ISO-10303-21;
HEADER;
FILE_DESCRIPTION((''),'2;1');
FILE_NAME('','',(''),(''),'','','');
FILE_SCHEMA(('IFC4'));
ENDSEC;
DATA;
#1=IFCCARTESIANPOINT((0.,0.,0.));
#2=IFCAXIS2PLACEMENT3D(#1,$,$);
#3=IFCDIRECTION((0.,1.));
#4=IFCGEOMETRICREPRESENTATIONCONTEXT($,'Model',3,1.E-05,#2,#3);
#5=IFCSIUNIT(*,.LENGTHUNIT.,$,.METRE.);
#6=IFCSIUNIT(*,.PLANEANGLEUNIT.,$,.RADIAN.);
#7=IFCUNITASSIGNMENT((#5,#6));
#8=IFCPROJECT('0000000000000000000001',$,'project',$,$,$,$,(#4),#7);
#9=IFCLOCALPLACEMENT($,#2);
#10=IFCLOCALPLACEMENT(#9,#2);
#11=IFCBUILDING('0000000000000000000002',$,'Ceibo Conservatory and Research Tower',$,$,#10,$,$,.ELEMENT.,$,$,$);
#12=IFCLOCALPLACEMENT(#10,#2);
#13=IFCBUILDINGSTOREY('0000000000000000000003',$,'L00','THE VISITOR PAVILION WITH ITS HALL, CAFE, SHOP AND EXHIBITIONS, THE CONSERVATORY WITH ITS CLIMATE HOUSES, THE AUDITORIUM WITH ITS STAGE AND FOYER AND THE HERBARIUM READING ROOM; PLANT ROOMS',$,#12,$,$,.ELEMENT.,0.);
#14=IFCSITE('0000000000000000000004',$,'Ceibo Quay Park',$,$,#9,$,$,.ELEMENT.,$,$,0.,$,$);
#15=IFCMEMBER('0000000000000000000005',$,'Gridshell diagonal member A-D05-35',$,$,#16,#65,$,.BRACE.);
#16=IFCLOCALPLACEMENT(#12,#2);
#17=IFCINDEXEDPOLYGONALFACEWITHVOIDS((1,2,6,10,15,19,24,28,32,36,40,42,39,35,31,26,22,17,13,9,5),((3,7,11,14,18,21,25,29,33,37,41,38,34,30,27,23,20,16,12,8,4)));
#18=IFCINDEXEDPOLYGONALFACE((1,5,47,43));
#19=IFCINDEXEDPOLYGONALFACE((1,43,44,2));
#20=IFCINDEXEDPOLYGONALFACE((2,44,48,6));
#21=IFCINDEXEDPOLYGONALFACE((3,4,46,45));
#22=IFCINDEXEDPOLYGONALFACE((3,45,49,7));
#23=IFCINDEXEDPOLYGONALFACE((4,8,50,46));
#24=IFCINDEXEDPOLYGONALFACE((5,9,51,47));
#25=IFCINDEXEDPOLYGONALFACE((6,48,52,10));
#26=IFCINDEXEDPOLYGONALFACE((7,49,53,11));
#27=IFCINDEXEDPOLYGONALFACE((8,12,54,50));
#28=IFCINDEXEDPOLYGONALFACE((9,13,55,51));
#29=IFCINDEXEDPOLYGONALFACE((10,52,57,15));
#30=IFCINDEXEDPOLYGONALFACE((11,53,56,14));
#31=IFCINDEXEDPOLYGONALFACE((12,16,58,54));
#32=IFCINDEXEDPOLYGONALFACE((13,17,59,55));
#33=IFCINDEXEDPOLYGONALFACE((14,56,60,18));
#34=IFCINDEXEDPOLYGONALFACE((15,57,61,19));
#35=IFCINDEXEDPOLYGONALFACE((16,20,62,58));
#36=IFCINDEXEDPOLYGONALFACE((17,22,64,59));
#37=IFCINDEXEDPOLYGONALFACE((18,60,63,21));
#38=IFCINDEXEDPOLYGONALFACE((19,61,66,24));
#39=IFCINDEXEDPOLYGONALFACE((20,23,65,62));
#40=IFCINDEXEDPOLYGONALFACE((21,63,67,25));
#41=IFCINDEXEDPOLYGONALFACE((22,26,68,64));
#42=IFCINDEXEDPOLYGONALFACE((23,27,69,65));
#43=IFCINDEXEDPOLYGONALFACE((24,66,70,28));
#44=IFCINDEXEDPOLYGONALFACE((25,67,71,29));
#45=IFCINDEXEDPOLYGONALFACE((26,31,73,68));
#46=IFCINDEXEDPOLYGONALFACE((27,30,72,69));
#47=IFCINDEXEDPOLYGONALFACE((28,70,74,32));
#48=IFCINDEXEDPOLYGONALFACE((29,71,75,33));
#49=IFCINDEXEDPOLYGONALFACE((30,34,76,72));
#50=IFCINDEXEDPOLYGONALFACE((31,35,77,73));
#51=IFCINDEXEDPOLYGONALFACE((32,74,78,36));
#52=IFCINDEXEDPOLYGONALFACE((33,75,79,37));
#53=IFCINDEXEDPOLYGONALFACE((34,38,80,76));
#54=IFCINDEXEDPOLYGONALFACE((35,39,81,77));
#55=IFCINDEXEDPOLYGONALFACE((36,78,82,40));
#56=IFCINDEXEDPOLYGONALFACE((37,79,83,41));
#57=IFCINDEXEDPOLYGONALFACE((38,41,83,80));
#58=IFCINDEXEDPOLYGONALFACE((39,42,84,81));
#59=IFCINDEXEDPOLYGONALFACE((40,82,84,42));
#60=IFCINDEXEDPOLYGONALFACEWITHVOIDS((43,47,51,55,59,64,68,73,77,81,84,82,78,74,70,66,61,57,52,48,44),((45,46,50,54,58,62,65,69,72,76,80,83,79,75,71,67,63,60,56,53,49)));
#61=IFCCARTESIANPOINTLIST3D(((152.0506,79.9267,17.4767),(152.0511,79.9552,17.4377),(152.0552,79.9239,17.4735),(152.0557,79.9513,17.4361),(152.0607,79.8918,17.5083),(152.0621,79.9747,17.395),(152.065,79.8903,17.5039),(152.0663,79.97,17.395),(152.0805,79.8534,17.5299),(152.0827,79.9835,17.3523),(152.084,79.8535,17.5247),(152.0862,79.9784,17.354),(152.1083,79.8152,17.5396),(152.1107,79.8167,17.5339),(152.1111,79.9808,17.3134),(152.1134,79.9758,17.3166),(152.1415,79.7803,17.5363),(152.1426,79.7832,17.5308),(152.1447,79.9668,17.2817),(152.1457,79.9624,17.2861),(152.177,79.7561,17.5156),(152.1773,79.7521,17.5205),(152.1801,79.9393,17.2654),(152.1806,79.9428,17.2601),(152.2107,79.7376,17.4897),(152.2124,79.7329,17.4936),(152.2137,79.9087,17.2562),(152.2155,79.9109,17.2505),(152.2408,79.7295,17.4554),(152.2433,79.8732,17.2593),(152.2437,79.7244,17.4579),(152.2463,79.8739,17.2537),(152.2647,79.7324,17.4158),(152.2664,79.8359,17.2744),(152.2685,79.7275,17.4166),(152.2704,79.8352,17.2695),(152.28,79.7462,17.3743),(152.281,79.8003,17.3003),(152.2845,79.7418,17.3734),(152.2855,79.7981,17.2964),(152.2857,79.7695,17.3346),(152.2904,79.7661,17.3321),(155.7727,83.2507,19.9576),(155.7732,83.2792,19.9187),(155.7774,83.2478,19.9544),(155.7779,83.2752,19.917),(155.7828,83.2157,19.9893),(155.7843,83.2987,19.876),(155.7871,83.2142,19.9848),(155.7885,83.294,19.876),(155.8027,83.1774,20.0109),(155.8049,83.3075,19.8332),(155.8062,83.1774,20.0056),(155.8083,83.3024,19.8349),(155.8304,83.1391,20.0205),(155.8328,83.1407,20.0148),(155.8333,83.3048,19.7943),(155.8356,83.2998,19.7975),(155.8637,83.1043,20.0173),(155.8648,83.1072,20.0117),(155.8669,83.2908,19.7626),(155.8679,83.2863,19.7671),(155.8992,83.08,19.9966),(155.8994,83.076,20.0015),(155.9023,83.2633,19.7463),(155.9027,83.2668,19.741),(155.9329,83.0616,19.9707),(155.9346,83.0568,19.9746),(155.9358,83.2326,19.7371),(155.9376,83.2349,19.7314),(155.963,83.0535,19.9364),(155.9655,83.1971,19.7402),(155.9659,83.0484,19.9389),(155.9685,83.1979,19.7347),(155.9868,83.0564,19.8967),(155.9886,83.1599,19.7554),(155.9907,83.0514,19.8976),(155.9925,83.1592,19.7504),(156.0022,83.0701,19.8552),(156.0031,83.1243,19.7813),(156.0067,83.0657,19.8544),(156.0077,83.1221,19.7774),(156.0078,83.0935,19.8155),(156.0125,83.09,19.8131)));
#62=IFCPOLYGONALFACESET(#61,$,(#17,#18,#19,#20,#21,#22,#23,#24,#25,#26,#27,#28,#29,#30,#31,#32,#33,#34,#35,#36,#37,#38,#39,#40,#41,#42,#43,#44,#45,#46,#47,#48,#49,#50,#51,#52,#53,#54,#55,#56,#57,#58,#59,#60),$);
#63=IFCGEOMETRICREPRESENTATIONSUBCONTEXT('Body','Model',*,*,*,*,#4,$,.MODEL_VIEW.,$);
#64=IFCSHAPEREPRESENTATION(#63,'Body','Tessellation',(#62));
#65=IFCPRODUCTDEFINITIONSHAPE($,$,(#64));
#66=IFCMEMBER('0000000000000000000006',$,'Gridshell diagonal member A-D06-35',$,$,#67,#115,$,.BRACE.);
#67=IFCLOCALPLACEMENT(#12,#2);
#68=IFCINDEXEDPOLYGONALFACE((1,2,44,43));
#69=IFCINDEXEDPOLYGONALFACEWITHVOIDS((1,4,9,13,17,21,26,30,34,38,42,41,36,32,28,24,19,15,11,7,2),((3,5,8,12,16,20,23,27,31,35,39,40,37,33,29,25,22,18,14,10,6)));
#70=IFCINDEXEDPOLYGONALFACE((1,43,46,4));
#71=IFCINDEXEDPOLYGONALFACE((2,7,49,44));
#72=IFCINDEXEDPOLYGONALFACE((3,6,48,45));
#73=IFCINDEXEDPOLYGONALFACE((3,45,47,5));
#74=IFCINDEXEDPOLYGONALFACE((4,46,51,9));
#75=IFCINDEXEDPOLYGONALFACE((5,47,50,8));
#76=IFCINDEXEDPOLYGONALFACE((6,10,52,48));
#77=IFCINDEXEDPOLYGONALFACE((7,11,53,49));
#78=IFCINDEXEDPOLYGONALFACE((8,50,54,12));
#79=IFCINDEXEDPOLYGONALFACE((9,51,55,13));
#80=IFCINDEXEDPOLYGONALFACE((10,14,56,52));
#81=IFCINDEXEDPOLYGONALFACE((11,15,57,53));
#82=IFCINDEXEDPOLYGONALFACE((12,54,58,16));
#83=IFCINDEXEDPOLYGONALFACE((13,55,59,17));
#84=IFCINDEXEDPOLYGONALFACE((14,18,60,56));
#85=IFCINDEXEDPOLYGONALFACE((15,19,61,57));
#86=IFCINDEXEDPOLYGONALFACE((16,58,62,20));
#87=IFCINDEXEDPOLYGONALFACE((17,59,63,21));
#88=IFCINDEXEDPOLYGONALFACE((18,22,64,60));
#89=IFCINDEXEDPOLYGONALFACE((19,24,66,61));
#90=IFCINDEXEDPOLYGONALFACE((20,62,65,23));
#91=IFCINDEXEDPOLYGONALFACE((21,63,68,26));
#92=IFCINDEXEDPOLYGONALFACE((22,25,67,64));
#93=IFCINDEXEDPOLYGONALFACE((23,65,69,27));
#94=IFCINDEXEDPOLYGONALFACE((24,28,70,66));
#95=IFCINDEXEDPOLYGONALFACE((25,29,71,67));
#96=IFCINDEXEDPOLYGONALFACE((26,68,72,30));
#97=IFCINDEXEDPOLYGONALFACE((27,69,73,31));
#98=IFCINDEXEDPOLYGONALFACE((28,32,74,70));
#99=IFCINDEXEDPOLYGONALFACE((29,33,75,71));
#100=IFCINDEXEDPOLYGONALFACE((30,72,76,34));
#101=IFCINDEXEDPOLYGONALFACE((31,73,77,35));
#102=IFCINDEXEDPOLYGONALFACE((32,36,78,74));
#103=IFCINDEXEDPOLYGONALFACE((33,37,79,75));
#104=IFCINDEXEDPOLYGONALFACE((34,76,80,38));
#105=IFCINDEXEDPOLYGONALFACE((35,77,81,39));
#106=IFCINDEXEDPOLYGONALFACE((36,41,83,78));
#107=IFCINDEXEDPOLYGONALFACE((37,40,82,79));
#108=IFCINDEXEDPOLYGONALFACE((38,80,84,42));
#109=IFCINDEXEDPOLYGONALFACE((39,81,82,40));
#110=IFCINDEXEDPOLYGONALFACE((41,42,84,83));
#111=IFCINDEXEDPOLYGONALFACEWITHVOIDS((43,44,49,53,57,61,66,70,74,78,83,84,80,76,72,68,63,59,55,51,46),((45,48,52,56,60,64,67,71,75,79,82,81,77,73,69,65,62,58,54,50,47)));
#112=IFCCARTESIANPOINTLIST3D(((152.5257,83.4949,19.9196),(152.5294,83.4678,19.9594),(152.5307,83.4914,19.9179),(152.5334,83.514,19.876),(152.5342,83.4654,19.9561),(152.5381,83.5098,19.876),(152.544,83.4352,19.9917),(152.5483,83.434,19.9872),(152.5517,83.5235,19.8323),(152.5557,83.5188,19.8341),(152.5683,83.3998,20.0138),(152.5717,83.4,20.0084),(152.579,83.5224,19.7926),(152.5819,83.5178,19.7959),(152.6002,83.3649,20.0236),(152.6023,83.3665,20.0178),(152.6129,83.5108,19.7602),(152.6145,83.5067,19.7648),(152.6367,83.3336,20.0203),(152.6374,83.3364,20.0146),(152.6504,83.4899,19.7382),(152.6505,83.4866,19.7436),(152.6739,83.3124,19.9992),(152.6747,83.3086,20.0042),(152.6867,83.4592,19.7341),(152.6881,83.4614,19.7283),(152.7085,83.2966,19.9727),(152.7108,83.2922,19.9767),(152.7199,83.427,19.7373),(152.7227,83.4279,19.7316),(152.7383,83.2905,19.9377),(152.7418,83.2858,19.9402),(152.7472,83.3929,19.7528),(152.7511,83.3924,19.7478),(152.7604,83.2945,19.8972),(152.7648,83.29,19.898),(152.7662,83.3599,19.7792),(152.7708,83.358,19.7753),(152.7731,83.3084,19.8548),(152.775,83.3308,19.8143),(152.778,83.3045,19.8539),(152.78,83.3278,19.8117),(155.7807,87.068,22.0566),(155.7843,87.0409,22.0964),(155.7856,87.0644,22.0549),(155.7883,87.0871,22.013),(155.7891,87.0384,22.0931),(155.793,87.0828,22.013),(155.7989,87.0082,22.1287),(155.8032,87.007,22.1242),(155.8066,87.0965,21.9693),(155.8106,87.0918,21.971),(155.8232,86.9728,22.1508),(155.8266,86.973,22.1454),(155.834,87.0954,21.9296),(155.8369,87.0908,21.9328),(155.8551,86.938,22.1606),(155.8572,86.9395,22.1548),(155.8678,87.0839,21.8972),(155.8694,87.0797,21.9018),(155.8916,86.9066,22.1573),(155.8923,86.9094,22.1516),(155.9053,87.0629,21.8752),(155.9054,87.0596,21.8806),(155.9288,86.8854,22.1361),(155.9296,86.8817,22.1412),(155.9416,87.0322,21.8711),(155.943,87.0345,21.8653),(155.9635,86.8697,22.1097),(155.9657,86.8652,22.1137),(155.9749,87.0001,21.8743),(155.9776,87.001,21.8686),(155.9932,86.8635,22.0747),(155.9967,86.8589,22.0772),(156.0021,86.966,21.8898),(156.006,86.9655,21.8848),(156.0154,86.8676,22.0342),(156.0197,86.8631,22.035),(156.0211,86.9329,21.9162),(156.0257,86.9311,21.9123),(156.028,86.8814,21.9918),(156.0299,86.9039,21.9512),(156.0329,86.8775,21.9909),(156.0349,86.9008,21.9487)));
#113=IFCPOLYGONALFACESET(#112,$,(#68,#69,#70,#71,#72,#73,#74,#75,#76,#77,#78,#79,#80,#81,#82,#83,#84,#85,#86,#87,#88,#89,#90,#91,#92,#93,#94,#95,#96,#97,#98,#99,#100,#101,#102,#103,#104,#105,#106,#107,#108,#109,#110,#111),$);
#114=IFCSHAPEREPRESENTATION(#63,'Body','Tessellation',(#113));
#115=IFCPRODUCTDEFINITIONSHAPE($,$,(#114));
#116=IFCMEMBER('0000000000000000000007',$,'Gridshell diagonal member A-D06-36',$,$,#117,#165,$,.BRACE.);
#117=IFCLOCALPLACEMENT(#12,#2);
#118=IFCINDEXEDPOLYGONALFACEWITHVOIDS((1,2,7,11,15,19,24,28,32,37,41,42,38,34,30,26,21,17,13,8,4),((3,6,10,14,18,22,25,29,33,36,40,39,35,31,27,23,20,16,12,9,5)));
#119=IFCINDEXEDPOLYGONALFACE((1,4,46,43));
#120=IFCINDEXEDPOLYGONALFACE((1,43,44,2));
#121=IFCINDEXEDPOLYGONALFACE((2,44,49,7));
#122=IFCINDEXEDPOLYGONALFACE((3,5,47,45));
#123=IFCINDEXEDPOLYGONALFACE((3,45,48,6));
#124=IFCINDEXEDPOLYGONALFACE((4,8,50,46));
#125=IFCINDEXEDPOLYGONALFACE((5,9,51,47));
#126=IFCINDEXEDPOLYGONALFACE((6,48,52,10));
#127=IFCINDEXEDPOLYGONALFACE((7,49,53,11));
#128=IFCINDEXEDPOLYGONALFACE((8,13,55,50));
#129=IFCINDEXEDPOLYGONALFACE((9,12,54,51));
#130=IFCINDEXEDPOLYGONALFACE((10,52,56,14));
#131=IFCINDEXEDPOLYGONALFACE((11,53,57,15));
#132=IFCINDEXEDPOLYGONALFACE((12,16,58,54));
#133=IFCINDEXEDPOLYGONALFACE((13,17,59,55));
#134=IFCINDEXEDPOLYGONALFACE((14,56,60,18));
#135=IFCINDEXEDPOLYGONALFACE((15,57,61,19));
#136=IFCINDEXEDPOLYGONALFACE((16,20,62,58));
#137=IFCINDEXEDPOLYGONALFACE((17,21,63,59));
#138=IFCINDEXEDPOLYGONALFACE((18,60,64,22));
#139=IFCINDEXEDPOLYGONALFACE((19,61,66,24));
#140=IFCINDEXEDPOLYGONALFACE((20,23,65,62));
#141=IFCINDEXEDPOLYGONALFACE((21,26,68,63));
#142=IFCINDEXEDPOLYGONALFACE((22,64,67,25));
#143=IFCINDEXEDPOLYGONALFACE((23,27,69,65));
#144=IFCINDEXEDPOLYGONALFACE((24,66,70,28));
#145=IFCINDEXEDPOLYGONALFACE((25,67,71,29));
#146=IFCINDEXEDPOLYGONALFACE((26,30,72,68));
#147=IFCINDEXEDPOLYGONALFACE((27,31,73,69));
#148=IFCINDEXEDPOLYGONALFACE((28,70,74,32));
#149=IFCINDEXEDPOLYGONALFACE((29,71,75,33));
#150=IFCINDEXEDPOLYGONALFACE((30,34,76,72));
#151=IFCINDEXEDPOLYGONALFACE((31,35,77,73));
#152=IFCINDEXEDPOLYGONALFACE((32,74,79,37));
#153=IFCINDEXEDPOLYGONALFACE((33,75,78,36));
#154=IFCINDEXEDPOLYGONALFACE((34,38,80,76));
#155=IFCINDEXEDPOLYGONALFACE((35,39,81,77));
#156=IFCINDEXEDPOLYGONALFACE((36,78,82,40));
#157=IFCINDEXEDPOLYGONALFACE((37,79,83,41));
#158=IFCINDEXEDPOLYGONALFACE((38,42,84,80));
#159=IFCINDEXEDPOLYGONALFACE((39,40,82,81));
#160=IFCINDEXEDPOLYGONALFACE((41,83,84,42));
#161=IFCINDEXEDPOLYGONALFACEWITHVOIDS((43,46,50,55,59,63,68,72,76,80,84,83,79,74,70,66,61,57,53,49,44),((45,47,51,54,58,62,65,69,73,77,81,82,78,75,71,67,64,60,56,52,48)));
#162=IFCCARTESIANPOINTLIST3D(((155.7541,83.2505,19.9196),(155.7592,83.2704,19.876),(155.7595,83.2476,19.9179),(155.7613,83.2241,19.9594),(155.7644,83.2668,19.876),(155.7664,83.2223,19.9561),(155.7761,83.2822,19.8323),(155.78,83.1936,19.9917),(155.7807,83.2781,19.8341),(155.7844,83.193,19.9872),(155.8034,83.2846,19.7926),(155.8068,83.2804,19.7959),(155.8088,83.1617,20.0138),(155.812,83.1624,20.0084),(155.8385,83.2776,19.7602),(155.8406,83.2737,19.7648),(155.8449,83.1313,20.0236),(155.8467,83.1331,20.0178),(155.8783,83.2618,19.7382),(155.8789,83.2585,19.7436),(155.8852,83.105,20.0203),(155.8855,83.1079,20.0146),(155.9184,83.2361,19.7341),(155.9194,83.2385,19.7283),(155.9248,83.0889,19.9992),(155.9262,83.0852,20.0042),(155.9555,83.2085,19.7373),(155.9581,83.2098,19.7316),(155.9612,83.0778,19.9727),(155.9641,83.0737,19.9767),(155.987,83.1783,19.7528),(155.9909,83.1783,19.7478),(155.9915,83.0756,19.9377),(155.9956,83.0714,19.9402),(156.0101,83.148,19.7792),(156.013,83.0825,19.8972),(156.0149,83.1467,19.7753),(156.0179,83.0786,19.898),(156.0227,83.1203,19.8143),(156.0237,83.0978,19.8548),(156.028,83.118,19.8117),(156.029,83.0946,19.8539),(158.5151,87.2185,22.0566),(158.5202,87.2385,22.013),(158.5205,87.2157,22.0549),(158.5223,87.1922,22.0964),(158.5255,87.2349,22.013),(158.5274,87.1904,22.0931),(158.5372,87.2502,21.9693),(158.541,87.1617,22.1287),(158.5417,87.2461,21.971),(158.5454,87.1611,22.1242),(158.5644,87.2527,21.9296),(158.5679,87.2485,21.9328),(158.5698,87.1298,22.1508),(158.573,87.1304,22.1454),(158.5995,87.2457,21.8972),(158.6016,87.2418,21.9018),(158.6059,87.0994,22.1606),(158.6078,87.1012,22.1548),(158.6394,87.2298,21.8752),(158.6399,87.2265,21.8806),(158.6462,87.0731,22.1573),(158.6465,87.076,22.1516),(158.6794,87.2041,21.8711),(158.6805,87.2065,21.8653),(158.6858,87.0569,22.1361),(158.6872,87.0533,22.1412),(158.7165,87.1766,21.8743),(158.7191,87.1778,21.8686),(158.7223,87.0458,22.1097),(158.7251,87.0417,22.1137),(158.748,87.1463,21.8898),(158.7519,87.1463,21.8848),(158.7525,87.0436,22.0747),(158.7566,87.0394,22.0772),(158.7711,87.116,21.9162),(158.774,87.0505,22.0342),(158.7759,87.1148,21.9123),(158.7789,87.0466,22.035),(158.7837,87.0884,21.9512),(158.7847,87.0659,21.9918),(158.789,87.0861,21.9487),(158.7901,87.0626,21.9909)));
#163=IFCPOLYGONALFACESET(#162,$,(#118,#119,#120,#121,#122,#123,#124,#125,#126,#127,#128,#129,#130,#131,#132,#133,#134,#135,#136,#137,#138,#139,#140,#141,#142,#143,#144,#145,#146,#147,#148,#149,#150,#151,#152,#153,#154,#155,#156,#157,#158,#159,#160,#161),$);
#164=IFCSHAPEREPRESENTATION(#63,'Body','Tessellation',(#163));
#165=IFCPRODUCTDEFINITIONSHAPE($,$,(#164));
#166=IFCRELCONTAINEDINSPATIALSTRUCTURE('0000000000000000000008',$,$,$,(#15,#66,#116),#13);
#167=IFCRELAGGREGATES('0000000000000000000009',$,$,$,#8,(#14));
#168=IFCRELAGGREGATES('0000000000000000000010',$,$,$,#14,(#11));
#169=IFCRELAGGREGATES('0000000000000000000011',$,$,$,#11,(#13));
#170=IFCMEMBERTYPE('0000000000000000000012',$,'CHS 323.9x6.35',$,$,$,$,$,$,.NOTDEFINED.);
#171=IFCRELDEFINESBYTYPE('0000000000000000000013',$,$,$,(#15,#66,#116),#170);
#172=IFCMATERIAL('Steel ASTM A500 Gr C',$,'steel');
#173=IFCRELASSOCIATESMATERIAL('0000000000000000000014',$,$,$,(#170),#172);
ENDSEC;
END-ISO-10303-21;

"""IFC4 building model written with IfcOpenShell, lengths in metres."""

from ifc_helpers import new_model, si_unit, direction, frame, origin, origin_2d, place, context, subcontext, project, spatial, hollow_circle, extrude, material, material_profile, profile_set, type_object, element, save


model = new_model("IFC4")

# Units and contexts
model_context = context("Model", 3, precision=1e-05, world=origin(), true_north=direction((0.0, 1.0)))
body_context = subcontext(model_context, "Body", "Model", "MODEL_VIEW")
ifc_project = project(units=[si_unit("LENGTHUNIT", "METRE"), si_unit("PLANEANGLEUNIT", "RADIAN")], contexts=[model_context])

# Site, building, storey
site_placement = place(None, origin())
site = spatial("IfcSite", under=ifc_project, at=site_placement, Name="Ceibo Quay Park", CompositionType="ELEMENT", RefElevation=0.0)
building_placement = place(site_placement, origin())
building = spatial("IfcBuilding", under=site, at=building_placement, Name="Ceibo Conservatory and Research Tower", CompositionType="ELEMENT")
storey_placement = place(building_placement, origin())
storey = spatial("IfcBuildingStorey", under=building, at=storey_placement, Name="L00", Description="THE VISITOR PAVILION WITH ITS HALL, CAFE, SHOP AND EXHIBITIONS, THE CONSERVATORY WITH ITS CLIMATE HOUSES, THE AUDITORIUM WITH ITS STAGE AND FOYER AND THE HERBARIUM READING ROOM; PLANT ROOMS", CompositionType="ELEMENT", Elevation=0.0)

# Members
ifc_material_1 = material(Name="Steel ASTM A500 Gr C", Category="steel")
ifc_material_profile_1 = material_profile(ifc_material_1, hollow_circle(Radius=0.1619, WallThickness=0.0063, at=origin_2d()), Name="CHS 323.9x6.35")
ifc_profile_set_1 = profile_set([ifc_material_profile_1], Name="Steel ASTM A500 Gr C")
member_type_1 = type_object("IfcMemberType", Name="CHS 323.9x6.35", PredefinedType="NOTDEFINED", material=ifc_profile_set_1)
member_1_placement = place(storey_placement, frame((152.1699, 79.854, 17.395), z_axis=(0.667891, 0.596441, 0.445173), x_axis=(-0.666084, 0.745877, 0.0)))
element("IfcMember", 1, at=member_1_placement, inside=storey, type_object=member_type_1, Name="Gridshell diagonal member A-D05-35", PredefinedType="BRACE", context=body_context, shape_type="SweptSolid", body=[
    extrude(hollow_circle(Radius=0.1619, WallThickness=0.0063, at=origin_2d()), origin(), (0.0, 0.0, 1.0), 5.573),
])
member_2_placement = place(storey_placement, frame((152.6531, 83.405, 19.876), z_axis=(0.615916, 0.676113, 0.404374), x_axis=(-0.739249, 0.673432, 0.0)))
element("IfcMember", 2, at=member_2_placement, inside=storey, type_object=member_type_1, Name="Gridshell diagonal member A-D06-35", PredefinedType="BRACE", context=body_context, shape_type="SweptSolid", body=[
    extrude(hollow_circle(Radius=0.1619, WallThickness=0.0063, at=origin_2d()), origin(), (0.0, 0.0, 1.0), 5.2847),
])
member_3_placement = place(storey_placement, frame((155.8921, 83.178, 19.876), z_axis=(0.522386, 0.750759, 0.404319), x_axis=(-0.820844, 0.571152, 0.0)))
element("IfcMember", 3, at=member_3_placement, inside=storey, type_object=member_type_1, Name="Gridshell diagonal member A-D06-36", PredefinedType="BRACE", context=body_context, shape_type="SweptSolid", body=[
    extrude(hollow_circle(Radius=0.1619, WallThickness=0.0063, at=origin_2d()), origin(), (0.0, 0.0, 1.0), 5.2854),
])

save(model, "model.ifc")
